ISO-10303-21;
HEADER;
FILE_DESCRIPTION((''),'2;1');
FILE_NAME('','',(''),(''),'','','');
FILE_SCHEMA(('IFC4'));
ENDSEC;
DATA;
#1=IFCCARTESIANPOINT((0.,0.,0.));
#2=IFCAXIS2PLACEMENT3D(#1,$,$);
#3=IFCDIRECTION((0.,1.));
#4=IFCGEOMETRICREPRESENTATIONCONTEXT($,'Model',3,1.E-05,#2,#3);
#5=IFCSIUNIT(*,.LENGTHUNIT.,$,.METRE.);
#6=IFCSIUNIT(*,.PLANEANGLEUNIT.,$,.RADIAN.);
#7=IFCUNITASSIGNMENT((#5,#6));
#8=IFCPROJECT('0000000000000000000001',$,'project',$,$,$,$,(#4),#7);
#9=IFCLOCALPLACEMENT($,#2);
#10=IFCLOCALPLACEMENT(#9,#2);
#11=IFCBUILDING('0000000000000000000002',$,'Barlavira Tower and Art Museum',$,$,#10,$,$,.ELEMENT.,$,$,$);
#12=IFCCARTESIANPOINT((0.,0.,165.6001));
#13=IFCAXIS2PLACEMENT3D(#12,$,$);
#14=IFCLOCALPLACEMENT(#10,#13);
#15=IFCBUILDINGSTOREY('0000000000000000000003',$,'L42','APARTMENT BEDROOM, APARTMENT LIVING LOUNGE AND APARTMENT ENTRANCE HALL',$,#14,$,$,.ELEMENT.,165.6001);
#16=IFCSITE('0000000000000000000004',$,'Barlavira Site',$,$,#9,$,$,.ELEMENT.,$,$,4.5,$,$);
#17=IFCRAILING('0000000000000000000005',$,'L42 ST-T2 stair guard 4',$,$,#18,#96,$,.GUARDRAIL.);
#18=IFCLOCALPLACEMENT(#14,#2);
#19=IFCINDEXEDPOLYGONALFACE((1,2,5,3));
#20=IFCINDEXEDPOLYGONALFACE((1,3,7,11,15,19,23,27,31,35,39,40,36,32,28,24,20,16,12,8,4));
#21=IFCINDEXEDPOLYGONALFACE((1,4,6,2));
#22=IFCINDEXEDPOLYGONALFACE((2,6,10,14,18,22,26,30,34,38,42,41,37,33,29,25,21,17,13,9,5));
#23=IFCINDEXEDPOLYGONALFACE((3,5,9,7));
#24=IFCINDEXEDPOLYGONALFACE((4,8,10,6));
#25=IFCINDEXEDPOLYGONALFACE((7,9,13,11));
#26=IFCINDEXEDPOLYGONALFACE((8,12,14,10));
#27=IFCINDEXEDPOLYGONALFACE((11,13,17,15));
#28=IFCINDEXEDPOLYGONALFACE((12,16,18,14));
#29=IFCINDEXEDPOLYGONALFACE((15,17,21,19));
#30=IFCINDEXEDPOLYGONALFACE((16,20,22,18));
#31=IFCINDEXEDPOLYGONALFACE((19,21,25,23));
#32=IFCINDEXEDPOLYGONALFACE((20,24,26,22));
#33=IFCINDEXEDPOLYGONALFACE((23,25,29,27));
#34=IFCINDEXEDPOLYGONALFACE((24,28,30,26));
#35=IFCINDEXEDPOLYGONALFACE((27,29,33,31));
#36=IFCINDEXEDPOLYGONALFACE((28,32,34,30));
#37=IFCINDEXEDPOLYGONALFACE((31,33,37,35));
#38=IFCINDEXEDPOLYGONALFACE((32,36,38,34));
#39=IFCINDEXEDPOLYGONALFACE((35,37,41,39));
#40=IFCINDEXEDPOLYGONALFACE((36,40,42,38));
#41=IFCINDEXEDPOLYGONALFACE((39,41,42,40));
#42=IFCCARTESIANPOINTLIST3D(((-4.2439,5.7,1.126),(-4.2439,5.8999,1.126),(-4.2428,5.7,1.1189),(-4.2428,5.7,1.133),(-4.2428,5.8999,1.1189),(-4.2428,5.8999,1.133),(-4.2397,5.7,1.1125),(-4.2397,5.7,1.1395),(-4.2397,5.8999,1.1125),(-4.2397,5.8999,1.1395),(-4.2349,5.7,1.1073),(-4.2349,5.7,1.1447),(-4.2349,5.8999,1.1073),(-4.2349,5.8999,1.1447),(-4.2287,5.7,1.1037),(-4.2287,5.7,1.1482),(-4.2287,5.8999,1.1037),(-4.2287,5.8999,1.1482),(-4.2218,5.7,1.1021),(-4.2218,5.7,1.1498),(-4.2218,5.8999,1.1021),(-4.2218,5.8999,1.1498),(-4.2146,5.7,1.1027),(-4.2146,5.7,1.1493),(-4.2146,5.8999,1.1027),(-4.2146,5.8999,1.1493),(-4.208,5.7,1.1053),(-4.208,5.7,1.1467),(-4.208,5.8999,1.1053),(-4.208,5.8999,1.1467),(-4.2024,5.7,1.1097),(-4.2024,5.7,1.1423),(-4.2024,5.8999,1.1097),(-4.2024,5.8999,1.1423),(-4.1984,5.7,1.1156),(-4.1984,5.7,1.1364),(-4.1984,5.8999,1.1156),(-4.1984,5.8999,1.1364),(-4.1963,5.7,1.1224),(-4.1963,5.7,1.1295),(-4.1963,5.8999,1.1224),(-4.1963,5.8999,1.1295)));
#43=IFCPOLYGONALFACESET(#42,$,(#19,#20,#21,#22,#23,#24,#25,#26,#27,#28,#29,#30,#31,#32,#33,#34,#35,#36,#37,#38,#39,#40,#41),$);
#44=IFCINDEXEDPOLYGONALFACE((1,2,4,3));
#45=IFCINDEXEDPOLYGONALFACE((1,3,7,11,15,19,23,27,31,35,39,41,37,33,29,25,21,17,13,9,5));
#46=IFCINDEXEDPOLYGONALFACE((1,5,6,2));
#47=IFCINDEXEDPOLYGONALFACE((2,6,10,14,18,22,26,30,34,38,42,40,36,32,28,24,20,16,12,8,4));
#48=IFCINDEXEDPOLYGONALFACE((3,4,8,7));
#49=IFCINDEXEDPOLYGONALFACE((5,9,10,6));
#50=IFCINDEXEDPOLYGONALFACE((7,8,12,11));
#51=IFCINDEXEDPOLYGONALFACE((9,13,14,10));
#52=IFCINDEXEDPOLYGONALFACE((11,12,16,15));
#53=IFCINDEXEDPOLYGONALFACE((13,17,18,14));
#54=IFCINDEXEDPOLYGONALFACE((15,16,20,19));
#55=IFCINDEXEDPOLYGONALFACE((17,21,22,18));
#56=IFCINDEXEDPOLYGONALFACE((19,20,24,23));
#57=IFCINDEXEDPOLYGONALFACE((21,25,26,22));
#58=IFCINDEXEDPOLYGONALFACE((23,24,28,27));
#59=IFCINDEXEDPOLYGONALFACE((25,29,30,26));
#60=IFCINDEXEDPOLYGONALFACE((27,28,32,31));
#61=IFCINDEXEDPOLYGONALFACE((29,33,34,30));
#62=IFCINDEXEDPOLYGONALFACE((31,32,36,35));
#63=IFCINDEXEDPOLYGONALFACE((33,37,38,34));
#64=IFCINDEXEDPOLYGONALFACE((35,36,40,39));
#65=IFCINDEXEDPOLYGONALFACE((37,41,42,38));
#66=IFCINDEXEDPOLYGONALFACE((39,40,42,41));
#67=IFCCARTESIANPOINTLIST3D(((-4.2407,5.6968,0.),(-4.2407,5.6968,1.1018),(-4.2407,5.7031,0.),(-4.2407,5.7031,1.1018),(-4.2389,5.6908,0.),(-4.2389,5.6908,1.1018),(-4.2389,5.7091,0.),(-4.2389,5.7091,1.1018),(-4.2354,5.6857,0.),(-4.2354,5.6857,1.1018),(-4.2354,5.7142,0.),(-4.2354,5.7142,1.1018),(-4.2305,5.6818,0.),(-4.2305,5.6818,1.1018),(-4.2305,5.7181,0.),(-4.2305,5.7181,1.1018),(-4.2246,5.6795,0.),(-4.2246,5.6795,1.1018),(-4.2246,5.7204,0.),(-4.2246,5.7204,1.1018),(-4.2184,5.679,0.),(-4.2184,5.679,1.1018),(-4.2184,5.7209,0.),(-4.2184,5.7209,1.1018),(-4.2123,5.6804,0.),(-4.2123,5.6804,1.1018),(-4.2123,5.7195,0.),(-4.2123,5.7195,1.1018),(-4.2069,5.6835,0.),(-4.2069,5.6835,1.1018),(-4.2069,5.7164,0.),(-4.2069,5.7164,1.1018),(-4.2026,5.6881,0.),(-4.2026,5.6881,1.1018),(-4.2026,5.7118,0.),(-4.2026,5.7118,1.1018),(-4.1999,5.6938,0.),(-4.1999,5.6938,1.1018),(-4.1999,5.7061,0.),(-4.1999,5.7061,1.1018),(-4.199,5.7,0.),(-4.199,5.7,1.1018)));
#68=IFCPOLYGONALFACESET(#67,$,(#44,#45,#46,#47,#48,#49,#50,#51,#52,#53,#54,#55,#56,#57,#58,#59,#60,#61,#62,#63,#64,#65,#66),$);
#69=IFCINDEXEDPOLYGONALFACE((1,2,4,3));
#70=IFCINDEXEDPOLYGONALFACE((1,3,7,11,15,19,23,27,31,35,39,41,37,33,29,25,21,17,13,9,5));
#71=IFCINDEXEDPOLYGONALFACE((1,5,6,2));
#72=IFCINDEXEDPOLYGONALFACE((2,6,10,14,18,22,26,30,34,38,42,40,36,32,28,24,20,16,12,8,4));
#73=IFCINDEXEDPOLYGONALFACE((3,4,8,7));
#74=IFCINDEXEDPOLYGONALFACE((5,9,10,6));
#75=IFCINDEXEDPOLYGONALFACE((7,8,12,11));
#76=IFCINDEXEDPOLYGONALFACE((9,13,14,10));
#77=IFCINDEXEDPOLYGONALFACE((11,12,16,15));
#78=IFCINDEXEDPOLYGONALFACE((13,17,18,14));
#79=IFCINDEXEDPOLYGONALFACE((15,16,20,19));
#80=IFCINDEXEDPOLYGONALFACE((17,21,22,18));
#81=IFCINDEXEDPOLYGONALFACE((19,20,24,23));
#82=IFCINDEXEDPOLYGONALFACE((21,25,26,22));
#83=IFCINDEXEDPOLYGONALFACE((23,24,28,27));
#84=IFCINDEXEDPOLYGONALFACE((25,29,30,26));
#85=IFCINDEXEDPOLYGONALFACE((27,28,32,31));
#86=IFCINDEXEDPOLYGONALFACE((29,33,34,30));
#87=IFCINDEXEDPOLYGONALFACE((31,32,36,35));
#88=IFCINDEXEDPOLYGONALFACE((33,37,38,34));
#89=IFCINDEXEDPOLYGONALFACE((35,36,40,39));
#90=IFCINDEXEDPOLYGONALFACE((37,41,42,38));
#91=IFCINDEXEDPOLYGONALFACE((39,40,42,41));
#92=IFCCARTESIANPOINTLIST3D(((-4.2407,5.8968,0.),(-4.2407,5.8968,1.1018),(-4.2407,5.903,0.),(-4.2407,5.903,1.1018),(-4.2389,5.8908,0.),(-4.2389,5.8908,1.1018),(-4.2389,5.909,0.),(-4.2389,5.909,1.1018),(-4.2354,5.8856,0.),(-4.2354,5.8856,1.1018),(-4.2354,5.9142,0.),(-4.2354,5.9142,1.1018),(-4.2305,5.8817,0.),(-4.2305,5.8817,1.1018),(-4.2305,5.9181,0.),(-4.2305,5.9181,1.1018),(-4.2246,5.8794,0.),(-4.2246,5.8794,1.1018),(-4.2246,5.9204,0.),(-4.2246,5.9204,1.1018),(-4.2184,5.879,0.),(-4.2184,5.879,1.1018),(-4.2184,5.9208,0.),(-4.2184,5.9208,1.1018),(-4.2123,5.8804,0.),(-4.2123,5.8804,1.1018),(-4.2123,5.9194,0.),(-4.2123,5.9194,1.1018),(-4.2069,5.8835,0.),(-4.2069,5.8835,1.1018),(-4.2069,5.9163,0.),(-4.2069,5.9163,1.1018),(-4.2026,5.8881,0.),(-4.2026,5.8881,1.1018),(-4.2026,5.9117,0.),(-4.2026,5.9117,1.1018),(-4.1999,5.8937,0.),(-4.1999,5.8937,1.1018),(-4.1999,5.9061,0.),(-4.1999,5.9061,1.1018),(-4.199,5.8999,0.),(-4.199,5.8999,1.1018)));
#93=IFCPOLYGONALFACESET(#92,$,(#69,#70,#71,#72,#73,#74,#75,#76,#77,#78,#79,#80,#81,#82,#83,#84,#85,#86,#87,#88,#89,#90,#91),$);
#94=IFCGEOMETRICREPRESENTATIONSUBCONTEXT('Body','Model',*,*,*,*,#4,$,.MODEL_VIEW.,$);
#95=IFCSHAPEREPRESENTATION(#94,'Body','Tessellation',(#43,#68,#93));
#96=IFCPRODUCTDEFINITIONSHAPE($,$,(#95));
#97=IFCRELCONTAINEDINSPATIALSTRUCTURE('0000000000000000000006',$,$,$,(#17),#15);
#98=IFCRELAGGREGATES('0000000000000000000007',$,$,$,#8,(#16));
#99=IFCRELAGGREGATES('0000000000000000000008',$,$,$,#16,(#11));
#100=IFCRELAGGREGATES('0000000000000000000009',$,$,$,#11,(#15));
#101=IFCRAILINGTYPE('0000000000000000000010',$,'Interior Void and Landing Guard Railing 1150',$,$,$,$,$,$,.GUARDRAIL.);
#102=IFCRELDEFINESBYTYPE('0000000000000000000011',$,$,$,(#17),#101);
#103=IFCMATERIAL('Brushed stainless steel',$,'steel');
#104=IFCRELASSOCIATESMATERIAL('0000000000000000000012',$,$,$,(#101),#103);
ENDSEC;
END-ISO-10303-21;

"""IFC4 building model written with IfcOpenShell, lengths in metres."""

from ifc_helpers import new_model, si_unit, direction, frame, origin, origin_2d, place, context, subcontext, project, spatial, circle, extrude, material, type_object, element, save


model = new_model("IFC4")

# Units and contexts
model_context = context("Model", 3, precision=1e-05, world=origin(), true_north=direction((0.0, 1.0)))
body_context = subcontext(model_context, "Body", "Model", "MODEL_VIEW")
ifc_project = project(units=[si_unit("LENGTHUNIT", "METRE"), si_unit("PLANEANGLEUNIT", "RADIAN")], contexts=[model_context])

# Site, building, storey
site_placement = place(None, origin())
site = spatial("IfcSite", under=ifc_project, at=site_placement, Name="Barlavira Site", CompositionType="ELEMENT", RefElevation=4.5)
building_placement = place(site_placement, origin())
building = spatial("IfcBuilding", under=site, at=building_placement, Name="Barlavira Tower and Art Museum", CompositionType="ELEMENT")
storey_placement = place(building_placement, frame((0.0, 0.0, 165.6001)))
storey = spatial("IfcBuildingStorey", under=building, at=storey_placement, Name="L42", Description="APARTMENT BEDROOM, APARTMENT LIVING LOUNGE AND APARTMENT ENTRANCE HALL", CompositionType="ELEMENT", Elevation=165.6001)

# Shared definitions
ifc_material_1 = material(Name="Brushed stainless steel", Category="steel")

# Railing
railing_type_1 = type_object("IfcRailingType", Name="Interior Void and Landing Guard Railing 1150", PredefinedType="GUARDRAIL", material=ifc_material_1)
railing_1_placement = place(storey_placement, frame((-4.22, 5.7, 0.0)))
element("IfcRailing", 1, at=railing_1_placement, inside=storey, type_object=railing_type_1, Name="L42 ST-T2 stair guard 4", PredefinedType="GUARDRAIL", context=body_context, shape_type="SweptSolid", body=[
    extrude(circle(Radius=0.0239, at=origin_2d()), frame((0.0, 0.0, 1.126), z_axis=(0.0, 1.0, 0.0), x_axis=(-1.0, 0.0, 0.0)), (0.0, 0.0, 1.0), 0.2),
    extrude(circle(Radius=0.021, at=origin_2d()), origin(), (0.0, 0.0, 1.0), 1.1018),
    extrude(circle(Radius=0.021, at=origin_2d()), frame((0.0, 0.2, 0.0)), (0.0, 0.0, 1.0), 1.1018),
])

save(model, "model.ifc")
